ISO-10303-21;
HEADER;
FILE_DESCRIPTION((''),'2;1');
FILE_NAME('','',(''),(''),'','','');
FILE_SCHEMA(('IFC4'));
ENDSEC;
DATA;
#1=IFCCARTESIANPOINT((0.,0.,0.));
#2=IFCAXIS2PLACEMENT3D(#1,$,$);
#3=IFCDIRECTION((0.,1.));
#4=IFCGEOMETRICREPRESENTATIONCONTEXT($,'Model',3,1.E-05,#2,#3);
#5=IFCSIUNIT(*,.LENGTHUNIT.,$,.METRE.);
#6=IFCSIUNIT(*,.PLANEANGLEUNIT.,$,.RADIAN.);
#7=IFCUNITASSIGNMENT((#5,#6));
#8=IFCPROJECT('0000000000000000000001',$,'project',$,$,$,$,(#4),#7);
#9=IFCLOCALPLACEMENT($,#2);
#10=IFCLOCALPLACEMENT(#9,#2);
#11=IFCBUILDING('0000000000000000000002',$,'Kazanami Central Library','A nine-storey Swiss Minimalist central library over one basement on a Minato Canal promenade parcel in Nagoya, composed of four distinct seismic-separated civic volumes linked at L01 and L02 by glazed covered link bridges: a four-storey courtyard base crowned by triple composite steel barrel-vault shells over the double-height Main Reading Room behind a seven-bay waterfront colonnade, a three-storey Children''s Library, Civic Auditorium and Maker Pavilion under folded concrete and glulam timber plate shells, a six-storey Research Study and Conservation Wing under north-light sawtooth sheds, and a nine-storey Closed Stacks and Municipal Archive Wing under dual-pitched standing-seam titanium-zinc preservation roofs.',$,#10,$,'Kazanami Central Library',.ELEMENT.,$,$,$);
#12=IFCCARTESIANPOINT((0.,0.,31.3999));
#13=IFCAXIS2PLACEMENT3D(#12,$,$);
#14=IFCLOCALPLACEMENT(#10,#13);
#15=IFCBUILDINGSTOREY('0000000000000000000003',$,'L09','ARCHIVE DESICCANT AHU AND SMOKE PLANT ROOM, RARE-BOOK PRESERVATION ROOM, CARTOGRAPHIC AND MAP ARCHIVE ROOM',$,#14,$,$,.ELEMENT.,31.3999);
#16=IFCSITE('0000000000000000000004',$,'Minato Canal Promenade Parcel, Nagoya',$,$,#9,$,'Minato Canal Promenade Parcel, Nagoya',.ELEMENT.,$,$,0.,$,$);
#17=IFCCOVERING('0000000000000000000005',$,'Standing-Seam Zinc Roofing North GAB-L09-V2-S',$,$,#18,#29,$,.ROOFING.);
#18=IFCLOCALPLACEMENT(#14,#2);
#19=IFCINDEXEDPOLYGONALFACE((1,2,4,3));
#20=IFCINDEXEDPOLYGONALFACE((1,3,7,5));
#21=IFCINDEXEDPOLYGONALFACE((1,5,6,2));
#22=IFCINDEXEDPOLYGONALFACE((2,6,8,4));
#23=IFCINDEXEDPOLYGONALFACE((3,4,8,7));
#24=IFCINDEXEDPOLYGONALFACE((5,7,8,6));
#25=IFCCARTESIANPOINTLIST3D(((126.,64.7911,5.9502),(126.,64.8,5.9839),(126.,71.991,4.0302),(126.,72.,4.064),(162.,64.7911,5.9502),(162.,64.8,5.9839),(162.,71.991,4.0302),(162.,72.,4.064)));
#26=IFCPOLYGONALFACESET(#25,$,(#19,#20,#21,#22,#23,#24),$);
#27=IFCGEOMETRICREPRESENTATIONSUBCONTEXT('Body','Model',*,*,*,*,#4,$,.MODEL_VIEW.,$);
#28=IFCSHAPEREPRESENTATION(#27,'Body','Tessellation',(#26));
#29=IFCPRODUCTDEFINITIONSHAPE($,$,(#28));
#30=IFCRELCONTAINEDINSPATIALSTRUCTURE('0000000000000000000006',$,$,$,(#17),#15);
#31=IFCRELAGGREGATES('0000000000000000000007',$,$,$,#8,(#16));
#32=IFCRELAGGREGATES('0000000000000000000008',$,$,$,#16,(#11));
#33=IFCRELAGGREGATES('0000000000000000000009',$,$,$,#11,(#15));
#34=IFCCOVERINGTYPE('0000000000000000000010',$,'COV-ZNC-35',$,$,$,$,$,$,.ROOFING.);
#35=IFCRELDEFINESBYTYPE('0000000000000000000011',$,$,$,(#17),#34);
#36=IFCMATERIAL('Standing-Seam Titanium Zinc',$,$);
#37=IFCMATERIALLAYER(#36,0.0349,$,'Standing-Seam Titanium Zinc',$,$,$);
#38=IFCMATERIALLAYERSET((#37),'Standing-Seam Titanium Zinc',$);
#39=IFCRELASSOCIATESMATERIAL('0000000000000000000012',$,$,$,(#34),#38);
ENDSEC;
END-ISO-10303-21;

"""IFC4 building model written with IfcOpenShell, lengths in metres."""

from ifc_helpers import new_model, si_unit, direction, frame, origin, place, context, subcontext, project, spatial, polyline, outline, extrude, material, layer, layer_set, type_object, element, save


model = new_model("IFC4")

# Units and contexts
model_context = context("Model", 3, precision=1e-05, world=origin(), true_north=direction((0.0, 1.0)))
body_context = subcontext(model_context, "Body", "Model", "MODEL_VIEW")
ifc_project = project(units=[si_unit("LENGTHUNIT", "METRE"), si_unit("PLANEANGLEUNIT", "RADIAN")], contexts=[model_context])

# Site, building, storey
site_placement = place(None, origin())
site = spatial("IfcSite", under=ifc_project, at=site_placement, Name="Minato Canal Promenade Parcel, Nagoya", LongName="Minato Canal Promenade Parcel, Nagoya", CompositionType="ELEMENT", RefElevation=0.0)
building_placement = place(site_placement, origin())
building = spatial("IfcBuilding", under=site, at=building_placement, Name="Kazanami Central Library", Description="A nine-storey Swiss Minimalist central library over one basement on a Minato Canal promenade parcel in Nagoya, composed of four distinct seismic-separated civic volumes linked at L01 and L02 by glazed covered link bridges: a four-storey courtyard base crowned by triple composite steel barrel-vault shells over the double-height Main Reading Room behind a seven-bay waterfront colonnade, a three-storey Children's Library, Civic Auditorium and Maker Pavilion under folded concrete and glulam timber plate shells, a six-storey Research Study and Conservation Wing under north-light sawtooth sheds, and a nine-storey Closed Stacks and Municipal Archive Wing under dual-pitched standing-seam titanium-zinc preservation roofs.", LongName="Kazanami Central Library", CompositionType="ELEMENT")
storey_placement = place(building_placement, frame((0.0, 0.0, 31.3999)))
storey = spatial("IfcBuildingStorey", under=building, at=storey_placement, Name="L09", Description="ARCHIVE DESICCANT AHU AND SMOKE PLANT ROOM, RARE-BOOK PRESERVATION ROOM, CARTOGRAPHIC AND MAP ARCHIVE ROOM", CompositionType="ELEMENT", Elevation=31.3999)

# Shared definitions
ifc_material_1 = material(Name="Standing-Seam Titanium Zinc")

# Covering
ifc_layer_1 = layer(ifc_material_1, 0.0349, Name="Standing-Seam Titanium Zinc")
ifc_layer_set_1 = layer_set([ifc_layer_1], Name="Standing-Seam Titanium Zinc")
covering_type_1 = type_object("IfcCoveringType", Name="COV-ZNC-35", PredefinedType="ROOFING", material=ifc_layer_set_1)
covering_1_placement = place(storey_placement, frame((162.0, 72.0, 4.064), z_axis=(0.0, 0.257654, 0.966237), x_axis=(-1.0, 0.0, 0.0)))
element("IfcCovering", 1, at=covering_1_placement, inside=storey, type_object=covering_type_1, Name="Standing-Seam Zinc Roofing North GAB-L09-V2-S", PredefinedType="ROOFING", context=body_context, shape_type="SweptSolid", body=[
    extrude(outline(polyline([(0.0, 0.0), (36.0, 0.0), (36.0, 7.4515), (0.0, 7.4515), (0.0, 0.0)])), origin(), (0.0, 0.0, -1.0), 0.0349),
])

save(model, "model.ifc")
